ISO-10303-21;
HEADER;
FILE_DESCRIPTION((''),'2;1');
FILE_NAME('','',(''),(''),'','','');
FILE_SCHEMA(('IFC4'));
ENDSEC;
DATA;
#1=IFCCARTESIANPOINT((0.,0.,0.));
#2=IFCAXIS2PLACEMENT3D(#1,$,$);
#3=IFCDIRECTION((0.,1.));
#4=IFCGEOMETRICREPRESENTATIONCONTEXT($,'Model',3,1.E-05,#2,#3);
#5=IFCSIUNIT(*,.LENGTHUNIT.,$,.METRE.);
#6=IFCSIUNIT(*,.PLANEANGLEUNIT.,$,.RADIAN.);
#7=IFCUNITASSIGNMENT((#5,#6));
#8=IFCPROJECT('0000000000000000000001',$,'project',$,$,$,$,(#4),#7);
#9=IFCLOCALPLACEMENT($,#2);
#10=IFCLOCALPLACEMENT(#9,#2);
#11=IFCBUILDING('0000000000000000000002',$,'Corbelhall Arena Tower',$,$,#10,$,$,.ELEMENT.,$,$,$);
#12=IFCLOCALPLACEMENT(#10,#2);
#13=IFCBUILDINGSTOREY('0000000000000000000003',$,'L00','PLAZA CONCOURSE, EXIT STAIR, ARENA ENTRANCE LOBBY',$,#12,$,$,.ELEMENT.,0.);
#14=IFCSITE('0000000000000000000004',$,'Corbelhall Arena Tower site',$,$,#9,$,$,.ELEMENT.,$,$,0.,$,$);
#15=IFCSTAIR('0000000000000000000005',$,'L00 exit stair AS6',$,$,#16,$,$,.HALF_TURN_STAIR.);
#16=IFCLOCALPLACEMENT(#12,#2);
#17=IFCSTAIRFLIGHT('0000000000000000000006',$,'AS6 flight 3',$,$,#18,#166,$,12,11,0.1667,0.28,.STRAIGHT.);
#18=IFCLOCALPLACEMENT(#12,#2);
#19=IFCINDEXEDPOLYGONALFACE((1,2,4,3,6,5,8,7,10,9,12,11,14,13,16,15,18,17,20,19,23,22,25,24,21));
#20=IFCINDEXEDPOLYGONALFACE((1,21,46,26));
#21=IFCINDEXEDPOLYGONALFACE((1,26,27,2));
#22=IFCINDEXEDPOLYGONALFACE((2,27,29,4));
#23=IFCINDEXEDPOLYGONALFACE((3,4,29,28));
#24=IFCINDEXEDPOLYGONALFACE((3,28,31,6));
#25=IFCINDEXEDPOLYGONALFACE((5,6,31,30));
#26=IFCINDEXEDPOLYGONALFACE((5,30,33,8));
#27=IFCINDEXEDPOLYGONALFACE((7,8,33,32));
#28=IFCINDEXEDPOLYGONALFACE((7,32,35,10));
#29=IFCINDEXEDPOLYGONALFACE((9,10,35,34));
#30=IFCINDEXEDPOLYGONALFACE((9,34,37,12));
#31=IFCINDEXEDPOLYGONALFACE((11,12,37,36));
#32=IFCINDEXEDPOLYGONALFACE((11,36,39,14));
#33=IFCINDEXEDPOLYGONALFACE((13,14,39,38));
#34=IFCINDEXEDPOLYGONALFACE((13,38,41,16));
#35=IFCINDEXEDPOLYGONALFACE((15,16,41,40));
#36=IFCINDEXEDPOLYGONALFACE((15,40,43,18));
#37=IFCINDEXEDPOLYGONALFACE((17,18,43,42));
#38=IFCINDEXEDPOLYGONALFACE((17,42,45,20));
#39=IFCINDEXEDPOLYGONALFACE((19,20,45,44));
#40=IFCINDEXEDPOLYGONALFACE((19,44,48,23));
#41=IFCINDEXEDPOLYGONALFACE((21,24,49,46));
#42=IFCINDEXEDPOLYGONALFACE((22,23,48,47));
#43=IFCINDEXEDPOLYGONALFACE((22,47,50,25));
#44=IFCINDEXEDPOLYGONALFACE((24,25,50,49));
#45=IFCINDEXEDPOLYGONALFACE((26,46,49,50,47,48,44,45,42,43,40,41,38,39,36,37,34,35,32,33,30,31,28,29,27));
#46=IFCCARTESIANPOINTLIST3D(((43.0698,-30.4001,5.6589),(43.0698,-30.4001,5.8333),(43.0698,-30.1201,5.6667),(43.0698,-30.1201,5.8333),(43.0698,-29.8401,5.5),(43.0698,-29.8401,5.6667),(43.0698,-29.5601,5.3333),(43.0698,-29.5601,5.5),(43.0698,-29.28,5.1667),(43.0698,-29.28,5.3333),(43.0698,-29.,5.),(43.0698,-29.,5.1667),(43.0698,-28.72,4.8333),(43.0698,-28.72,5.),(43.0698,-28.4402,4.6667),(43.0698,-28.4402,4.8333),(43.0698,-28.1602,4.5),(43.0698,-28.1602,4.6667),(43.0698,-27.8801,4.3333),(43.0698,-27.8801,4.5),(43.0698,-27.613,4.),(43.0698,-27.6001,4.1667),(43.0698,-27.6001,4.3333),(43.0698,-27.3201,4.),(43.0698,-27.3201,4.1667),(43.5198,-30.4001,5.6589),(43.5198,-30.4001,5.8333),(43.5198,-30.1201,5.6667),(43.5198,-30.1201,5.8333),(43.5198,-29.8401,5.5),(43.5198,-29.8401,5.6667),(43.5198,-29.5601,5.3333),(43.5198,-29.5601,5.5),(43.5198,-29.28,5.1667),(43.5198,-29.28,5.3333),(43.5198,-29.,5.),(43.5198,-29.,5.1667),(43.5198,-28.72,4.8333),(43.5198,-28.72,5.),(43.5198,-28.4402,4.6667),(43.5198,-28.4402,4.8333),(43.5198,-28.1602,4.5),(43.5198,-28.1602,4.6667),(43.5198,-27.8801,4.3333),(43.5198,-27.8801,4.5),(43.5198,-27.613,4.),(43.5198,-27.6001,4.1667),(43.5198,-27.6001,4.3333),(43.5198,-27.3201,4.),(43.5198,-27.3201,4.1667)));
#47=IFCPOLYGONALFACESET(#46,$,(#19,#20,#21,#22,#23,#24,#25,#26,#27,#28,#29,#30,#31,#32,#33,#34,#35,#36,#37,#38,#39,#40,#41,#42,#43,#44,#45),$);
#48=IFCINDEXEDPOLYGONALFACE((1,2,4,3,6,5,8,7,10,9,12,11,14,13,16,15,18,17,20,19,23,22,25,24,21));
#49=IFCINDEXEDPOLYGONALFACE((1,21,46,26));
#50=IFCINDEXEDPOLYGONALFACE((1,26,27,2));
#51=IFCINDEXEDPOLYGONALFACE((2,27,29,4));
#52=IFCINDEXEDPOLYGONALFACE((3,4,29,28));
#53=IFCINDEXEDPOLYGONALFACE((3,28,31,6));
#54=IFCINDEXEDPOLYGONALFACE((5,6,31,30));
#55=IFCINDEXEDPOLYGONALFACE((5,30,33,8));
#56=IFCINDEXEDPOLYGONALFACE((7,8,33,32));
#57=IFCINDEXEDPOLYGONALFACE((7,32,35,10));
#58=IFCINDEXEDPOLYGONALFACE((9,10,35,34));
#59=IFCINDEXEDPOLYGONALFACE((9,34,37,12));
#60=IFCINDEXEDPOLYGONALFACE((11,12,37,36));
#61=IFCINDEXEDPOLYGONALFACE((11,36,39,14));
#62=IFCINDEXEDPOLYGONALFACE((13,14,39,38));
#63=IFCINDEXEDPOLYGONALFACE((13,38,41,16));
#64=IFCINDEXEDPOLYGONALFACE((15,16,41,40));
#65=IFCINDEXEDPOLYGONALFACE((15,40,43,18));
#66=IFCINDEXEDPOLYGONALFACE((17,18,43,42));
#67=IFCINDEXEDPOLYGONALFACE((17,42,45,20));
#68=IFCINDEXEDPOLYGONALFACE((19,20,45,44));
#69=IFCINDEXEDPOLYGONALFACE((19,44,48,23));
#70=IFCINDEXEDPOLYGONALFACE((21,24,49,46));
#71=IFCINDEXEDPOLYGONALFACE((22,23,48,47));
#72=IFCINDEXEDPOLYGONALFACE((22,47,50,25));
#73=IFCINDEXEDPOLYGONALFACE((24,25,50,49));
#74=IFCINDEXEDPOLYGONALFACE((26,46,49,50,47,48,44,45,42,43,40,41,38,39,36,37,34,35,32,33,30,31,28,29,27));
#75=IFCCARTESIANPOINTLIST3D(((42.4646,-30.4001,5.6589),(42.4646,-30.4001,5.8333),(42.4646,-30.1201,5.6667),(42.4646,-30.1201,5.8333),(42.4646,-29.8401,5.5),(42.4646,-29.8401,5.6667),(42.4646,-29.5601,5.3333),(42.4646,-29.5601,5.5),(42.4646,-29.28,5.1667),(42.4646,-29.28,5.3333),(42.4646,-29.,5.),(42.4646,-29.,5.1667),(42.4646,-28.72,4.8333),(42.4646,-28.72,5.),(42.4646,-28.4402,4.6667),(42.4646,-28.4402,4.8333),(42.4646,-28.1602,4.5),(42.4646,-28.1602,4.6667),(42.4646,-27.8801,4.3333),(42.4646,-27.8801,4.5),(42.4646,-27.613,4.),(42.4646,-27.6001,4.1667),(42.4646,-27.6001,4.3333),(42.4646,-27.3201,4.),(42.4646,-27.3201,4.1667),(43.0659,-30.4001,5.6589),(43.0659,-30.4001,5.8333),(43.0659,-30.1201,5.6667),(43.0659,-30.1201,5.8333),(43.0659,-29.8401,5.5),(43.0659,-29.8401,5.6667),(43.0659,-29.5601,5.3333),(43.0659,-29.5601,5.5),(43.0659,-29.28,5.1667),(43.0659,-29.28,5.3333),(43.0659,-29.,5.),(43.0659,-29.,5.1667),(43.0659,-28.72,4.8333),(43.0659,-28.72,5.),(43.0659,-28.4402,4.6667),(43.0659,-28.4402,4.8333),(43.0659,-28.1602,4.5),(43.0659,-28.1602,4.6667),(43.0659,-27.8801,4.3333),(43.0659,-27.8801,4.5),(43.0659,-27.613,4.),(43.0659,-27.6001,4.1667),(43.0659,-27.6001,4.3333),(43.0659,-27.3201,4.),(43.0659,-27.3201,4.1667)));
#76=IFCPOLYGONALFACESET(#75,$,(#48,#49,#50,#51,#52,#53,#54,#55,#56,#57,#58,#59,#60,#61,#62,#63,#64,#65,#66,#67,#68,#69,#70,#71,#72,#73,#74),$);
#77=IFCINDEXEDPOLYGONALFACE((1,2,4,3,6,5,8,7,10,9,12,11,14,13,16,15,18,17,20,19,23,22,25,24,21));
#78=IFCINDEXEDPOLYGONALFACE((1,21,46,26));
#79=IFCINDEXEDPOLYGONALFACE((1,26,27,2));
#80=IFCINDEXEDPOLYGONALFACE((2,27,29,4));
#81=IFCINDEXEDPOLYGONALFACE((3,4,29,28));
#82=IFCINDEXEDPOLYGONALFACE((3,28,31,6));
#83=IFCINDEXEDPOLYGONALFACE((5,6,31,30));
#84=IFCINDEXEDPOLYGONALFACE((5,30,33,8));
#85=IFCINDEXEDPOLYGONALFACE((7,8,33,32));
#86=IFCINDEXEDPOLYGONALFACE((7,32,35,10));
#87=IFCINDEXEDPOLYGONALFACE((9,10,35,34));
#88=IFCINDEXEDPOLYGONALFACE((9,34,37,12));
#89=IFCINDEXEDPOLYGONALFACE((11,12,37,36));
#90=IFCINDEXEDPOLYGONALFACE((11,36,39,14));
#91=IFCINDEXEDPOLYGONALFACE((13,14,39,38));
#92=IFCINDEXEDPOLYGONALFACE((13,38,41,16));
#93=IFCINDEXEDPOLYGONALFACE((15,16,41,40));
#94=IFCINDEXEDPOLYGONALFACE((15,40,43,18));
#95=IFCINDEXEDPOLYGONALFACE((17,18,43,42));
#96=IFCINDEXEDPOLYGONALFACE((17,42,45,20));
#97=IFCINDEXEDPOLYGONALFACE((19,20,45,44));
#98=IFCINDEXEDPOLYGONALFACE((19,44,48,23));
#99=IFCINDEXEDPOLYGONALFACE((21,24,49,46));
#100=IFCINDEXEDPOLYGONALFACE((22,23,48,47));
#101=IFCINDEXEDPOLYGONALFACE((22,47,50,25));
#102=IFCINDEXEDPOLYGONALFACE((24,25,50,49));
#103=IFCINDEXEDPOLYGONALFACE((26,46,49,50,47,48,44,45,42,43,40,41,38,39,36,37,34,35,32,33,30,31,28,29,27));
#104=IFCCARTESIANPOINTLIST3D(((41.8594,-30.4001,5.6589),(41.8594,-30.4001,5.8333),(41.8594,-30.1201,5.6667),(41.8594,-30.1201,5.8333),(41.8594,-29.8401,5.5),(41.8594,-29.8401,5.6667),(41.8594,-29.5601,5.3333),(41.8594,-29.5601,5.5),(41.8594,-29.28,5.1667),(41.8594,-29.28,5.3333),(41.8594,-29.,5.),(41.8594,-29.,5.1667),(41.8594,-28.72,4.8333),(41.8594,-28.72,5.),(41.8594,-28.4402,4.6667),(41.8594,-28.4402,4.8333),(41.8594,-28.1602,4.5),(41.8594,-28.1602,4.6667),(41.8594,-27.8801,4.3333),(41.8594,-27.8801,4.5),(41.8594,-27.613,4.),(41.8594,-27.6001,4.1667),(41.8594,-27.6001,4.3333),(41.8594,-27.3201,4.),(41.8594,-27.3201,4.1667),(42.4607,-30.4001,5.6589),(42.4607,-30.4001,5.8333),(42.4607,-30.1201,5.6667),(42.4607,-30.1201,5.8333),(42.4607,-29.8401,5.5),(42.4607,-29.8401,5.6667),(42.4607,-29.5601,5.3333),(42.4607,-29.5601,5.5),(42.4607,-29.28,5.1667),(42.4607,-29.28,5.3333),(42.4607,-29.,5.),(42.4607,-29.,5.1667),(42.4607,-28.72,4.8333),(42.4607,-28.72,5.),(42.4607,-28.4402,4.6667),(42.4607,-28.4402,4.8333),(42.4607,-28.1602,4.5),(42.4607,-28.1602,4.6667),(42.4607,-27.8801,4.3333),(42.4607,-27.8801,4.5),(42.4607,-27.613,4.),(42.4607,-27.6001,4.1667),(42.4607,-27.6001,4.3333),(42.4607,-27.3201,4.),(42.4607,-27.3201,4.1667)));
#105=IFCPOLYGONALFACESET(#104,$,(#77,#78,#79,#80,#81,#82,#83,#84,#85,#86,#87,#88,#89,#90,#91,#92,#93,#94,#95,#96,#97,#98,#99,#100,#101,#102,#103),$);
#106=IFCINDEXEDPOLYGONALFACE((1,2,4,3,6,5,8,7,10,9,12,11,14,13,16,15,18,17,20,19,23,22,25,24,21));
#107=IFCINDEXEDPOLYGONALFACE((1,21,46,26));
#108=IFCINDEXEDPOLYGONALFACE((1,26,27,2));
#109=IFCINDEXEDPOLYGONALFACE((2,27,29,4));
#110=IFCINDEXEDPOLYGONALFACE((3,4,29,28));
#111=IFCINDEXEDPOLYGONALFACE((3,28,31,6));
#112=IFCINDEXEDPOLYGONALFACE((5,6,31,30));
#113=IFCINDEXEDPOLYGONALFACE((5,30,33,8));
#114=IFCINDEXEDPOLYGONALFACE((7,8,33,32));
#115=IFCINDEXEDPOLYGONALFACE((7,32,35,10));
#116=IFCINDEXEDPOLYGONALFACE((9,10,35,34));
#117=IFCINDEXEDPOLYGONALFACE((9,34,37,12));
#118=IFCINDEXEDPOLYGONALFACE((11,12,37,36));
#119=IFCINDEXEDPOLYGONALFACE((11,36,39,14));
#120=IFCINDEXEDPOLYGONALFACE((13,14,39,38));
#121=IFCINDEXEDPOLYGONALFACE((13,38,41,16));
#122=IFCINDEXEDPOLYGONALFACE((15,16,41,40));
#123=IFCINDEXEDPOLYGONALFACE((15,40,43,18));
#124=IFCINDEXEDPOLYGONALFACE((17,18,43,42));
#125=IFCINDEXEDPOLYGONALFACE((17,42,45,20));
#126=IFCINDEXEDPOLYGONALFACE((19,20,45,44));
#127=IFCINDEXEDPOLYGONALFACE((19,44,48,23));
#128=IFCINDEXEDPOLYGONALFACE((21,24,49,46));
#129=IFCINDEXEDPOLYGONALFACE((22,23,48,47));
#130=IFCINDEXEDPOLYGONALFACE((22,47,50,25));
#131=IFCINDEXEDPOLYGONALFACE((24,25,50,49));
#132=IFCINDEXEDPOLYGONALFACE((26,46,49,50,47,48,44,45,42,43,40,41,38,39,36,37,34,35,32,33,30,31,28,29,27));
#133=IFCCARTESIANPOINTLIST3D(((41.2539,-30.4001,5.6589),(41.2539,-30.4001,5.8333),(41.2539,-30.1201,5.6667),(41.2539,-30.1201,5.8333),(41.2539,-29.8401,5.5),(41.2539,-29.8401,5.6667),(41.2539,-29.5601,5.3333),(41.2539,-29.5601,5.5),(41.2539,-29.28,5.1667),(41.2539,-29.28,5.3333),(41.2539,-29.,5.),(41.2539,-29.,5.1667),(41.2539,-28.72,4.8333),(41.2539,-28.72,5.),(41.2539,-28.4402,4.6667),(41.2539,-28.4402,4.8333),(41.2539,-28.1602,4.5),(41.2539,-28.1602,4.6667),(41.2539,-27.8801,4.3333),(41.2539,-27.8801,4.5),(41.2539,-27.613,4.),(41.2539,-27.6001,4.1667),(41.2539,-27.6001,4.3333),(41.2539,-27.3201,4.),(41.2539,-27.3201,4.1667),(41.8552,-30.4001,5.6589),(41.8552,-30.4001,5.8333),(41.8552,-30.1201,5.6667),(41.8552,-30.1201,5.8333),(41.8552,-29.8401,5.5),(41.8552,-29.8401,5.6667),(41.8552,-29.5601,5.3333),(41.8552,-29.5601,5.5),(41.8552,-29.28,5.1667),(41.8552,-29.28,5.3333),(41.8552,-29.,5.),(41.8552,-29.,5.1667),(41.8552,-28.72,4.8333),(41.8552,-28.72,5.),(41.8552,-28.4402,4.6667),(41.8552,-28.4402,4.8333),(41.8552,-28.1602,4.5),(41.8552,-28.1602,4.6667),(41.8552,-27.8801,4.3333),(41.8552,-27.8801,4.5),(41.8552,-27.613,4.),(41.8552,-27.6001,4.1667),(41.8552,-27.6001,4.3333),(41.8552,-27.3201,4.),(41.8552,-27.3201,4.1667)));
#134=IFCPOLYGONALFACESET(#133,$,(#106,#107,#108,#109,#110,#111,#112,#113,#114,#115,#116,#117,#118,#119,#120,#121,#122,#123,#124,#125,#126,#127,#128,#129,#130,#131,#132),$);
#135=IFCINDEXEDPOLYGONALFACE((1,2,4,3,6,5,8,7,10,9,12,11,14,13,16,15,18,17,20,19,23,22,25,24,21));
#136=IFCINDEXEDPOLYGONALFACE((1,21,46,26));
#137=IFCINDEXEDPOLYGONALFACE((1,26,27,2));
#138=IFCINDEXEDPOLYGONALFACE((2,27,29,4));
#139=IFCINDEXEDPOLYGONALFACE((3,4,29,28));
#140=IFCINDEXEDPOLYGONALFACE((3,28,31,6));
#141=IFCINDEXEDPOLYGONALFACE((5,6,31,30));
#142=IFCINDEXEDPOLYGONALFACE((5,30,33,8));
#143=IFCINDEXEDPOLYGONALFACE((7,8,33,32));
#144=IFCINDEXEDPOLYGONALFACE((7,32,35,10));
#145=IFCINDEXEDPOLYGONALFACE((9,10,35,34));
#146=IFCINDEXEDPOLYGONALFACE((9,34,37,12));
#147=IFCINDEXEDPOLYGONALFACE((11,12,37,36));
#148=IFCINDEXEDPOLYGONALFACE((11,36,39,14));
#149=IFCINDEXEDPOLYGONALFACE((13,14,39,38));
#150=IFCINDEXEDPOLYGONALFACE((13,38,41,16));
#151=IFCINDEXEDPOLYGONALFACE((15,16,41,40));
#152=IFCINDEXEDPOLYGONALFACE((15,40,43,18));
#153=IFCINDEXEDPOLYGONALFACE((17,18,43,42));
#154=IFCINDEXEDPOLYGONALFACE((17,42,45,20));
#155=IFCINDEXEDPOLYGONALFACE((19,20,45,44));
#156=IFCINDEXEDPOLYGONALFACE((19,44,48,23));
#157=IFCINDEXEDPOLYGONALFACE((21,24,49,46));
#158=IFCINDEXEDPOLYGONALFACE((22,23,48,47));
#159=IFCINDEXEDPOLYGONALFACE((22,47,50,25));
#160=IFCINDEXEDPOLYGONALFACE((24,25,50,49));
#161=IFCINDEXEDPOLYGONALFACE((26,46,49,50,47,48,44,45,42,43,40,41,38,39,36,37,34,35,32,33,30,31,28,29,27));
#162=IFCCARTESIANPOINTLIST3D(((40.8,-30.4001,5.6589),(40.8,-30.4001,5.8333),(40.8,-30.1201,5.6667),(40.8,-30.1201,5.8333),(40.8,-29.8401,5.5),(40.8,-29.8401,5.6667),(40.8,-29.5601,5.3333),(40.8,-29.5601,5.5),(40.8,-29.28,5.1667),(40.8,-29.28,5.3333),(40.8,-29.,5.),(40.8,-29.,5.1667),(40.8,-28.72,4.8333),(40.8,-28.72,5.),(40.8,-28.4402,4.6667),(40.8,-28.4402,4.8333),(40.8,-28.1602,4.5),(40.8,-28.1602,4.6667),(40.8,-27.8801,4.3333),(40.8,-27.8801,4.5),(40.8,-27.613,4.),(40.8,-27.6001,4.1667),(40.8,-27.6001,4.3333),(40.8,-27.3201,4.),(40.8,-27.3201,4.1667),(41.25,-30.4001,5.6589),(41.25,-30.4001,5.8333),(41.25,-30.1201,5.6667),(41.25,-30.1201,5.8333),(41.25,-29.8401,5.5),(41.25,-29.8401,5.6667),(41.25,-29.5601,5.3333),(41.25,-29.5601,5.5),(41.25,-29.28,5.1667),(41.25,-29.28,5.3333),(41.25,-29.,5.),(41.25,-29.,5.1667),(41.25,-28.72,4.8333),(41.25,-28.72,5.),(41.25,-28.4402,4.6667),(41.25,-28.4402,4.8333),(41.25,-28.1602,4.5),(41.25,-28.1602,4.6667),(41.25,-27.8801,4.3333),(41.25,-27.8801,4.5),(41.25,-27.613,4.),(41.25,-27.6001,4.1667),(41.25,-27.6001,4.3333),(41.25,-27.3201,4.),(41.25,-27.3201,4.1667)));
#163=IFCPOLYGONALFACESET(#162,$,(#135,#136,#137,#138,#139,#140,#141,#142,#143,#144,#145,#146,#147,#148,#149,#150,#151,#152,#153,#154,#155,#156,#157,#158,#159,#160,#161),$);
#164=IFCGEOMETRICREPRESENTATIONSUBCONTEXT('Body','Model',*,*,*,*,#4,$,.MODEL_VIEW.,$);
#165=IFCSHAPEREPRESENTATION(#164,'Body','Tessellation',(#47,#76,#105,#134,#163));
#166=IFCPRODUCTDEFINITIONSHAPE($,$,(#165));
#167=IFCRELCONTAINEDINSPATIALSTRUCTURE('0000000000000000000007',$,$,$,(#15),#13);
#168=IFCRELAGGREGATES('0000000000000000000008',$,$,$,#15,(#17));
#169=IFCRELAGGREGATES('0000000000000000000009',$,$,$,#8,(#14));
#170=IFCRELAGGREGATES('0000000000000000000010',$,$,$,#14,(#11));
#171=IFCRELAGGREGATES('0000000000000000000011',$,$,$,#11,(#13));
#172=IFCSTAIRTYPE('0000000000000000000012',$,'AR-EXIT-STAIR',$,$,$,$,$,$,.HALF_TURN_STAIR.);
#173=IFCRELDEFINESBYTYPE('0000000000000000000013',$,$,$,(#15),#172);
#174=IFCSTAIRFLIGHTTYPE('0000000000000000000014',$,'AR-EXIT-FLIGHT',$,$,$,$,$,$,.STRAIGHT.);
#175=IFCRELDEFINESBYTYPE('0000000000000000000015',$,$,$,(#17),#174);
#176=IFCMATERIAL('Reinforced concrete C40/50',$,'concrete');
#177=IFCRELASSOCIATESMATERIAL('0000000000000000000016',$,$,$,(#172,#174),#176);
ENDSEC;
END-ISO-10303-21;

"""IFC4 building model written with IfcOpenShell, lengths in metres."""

from ifc_helpers import new_model, si_unit, direction, frame, origin, place, context, subcontext, project, spatial, polyline, outline, extrude, material, type_object, element, aggregate, save


model = new_model("IFC4")

# Units and contexts
model_context = context("Model", 3, precision=1e-05, world=origin(), true_north=direction((0.0, 1.0)))
body_context = subcontext(model_context, "Body", "Model", "MODEL_VIEW")
ifc_project = project(units=[si_unit("LENGTHUNIT", "METRE"), si_unit("PLANEANGLEUNIT", "RADIAN")], contexts=[model_context])

# Site, building, storey
site_placement = place(None, origin())
site = spatial("IfcSite", under=ifc_project, at=site_placement, Name="Corbelhall Arena Tower site", CompositionType="ELEMENT", RefElevation=0.0)
building_placement = place(site_placement, origin())
building = spatial("IfcBuilding", under=site, at=building_placement, Name="Corbelhall Arena Tower", CompositionType="ELEMENT")
storey_placement = place(building_placement, origin())
storey = spatial("IfcBuildingStorey", under=building, at=storey_placement, Name="L00", Description="PLAZA CONCOURSE, EXIT STAIR, ARENA ENTRANCE LOBBY", CompositionType="ELEMENT", Elevation=0.0)

# Stair, stair flight
ifc_material_1 = material(Name="Reinforced concrete C40/50", Category="concrete")
stair_type = type_object("IfcStairType", Name="AR-EXIT-STAIR", PredefinedType="HALF_TURN_STAIR", material=ifc_material_1)
stair_flight_type = type_object("IfcStairFlightType", Name="AR-EXIT-FLIGHT", PredefinedType="STRAIGHT", material=ifc_material_1)
stair_1_placement = place(storey_placement, origin())
stair_1 = element("IfcStair", 1, at=stair_1_placement, inside=storey, type_object=stair_type, Name="L00 exit stair AS6", PredefinedType="HALF_TURN_STAIR")
stair_flight_1_placement = place(storey_placement, frame((42.1599, -27.3201, 4.0), z_axis=(0.0, 0.0, 1.0), x_axis=(0.0, -1.0, 0.0)))
stair_flight_1 = element("IfcStairFlight", 2, at=stair_flight_1_placement, type_object=stair_flight_type, Name="AS6 flight 3", NumberOfRisers=12, NumberOfTreads=11, PredefinedType="STRAIGHT", RiserHeight=0.1667, TreadLength=0.28, context=body_context, shape_type="SweptSolid", body=[
    extrude(outline(polyline([(0.0, 0.0), (0.0, 0.1667), (0.28, 0.1667), (0.28, 0.3333), (0.5601, 0.3333), (0.5601, 0.5), (0.8401, 0.5), (0.8401, 0.6667), (1.1201, 0.6667), (1.1201, 0.8333), (1.3999, 0.8333), (1.3999, 1.0), (1.6799, 1.0), (1.6799, 1.1667), (1.96, 1.1667), (1.96, 1.3333), (2.24, 1.3333), (2.24, 1.5), (2.52, 1.5), (2.52, 1.6667), (2.8, 1.6667), (2.8, 1.8333), (3.0801, 1.8333), (3.0801, 2.0), (3.0801, 1.6589), (0.293, 0.0), (0.0, 0.0)])), frame((0.0, 1.3599, 0.0), z_axis=(0.0, -1.0, 0.0), x_axis=(1.0, 0.0, 0.0)), (0.0, 0.0, 1.0), 0.45),
    extrude(outline(polyline([(0.0, 0.0), (0.0, 0.1667), (0.28, 0.1667), (0.28, 0.3333), (0.5601, 0.3333), (0.5601, 0.5), (0.8401, 0.5), (0.8401, 0.6667), (1.1201, 0.6667), (1.1201, 0.8333), (1.3999, 0.8333), (1.3999, 1.0), (1.6799, 1.0), (1.6799, 1.1667), (1.96, 1.1667), (1.96, 1.3333), (2.24, 1.3333), (2.24, 1.5), (2.52, 1.5), (2.52, 1.6667), (2.8, 1.6667), (2.8, 1.8333), (3.0801, 1.8333), (3.0801, 2.0), (3.0801, 1.6589), (0.293, 0.0), (0.0, 0.0)])), frame((0.0, 0.906, 0.0), z_axis=(0.0, -1.0, 0.0), x_axis=(1.0, 0.0, 0.0)), (0.0, 0.0, 1.0), 0.6013),
    extrude(outline(polyline([(0.0, 0.0), (0.0, 0.1667), (0.28, 0.1667), (0.28, 0.3333), (0.5601, 0.3333), (0.5601, 0.5), (0.8401, 0.5), (0.8401, 0.6667), (1.1201, 0.6667), (1.1201, 0.8333), (1.3999, 0.8333), (1.3999, 1.0), (1.6799, 1.0), (1.6799, 1.1667), (1.96, 1.1667), (1.96, 1.3333), (2.24, 1.3333), (2.24, 1.5), (2.52, 1.5), (2.52, 1.6667), (2.8, 1.6667), (2.8, 1.8333), (3.0801, 1.8333), (3.0801, 2.0), (3.0801, 1.6589), (0.293, 0.0), (0.0, 0.0)])), frame((0.0, 0.3008, 0.0), z_axis=(0.0, -1.0, 0.0), x_axis=(1.0, 0.0, 0.0)), (0.0, 0.0, 1.0), 0.6013),
    extrude(outline(polyline([(0.0, 0.0), (0.0, 0.1667), (0.28, 0.1667), (0.28, 0.3333), (0.5601, 0.3333), (0.5601, 0.5), (0.8401, 0.5), (0.8401, 0.6667), (1.1201, 0.6667), (1.1201, 0.8333), (1.3999, 0.8333), (1.3999, 1.0), (1.6799, 1.0), (1.6799, 1.1667), (1.96, 1.1667), (1.96, 1.3333), (2.24, 1.3333), (2.24, 1.5), (2.52, 1.5), (2.52, 1.6667), (2.8, 1.6667), (2.8, 1.8333), (3.0801, 1.8333), (3.0801, 2.0), (3.0801, 1.6589), (0.293, 0.0), (0.0, 0.0)])), frame((0.0, -0.3047, 0.0), z_axis=(0.0, -1.0, 0.0), x_axis=(1.0, 0.0, 0.0)), (0.0, 0.0, 1.0), 0.6013),
    extrude(outline(polyline([(0.0, 0.0), (0.0, 0.1667), (0.28, 0.1667), (0.28, 0.3333), (0.5601, 0.3333), (0.5601, 0.5), (0.8401, 0.5), (0.8401, 0.6667), (1.1201, 0.6667), (1.1201, 0.8333), (1.3999, 0.8333), (1.3999, 1.0), (1.6799, 1.0), (1.6799, 1.1667), (1.96, 1.1667), (1.96, 1.3333), (2.24, 1.3333), (2.24, 1.5), (2.52, 1.5), (2.52, 1.6667), (2.8, 1.6667), (2.8, 1.8333), (3.0801, 1.8333), (3.0801, 2.0), (3.0801, 1.6589), (0.293, 0.0), (0.0, 0.0)])), frame((0.0, -0.9099, 0.0), z_axis=(0.0, -1.0, 0.0), x_axis=(1.0, 0.0, 0.0)), (0.0, 0.0, 1.0), 0.45),
])
aggregate(stair_1, [stair_flight_1])

save(model, "model.ifc")
